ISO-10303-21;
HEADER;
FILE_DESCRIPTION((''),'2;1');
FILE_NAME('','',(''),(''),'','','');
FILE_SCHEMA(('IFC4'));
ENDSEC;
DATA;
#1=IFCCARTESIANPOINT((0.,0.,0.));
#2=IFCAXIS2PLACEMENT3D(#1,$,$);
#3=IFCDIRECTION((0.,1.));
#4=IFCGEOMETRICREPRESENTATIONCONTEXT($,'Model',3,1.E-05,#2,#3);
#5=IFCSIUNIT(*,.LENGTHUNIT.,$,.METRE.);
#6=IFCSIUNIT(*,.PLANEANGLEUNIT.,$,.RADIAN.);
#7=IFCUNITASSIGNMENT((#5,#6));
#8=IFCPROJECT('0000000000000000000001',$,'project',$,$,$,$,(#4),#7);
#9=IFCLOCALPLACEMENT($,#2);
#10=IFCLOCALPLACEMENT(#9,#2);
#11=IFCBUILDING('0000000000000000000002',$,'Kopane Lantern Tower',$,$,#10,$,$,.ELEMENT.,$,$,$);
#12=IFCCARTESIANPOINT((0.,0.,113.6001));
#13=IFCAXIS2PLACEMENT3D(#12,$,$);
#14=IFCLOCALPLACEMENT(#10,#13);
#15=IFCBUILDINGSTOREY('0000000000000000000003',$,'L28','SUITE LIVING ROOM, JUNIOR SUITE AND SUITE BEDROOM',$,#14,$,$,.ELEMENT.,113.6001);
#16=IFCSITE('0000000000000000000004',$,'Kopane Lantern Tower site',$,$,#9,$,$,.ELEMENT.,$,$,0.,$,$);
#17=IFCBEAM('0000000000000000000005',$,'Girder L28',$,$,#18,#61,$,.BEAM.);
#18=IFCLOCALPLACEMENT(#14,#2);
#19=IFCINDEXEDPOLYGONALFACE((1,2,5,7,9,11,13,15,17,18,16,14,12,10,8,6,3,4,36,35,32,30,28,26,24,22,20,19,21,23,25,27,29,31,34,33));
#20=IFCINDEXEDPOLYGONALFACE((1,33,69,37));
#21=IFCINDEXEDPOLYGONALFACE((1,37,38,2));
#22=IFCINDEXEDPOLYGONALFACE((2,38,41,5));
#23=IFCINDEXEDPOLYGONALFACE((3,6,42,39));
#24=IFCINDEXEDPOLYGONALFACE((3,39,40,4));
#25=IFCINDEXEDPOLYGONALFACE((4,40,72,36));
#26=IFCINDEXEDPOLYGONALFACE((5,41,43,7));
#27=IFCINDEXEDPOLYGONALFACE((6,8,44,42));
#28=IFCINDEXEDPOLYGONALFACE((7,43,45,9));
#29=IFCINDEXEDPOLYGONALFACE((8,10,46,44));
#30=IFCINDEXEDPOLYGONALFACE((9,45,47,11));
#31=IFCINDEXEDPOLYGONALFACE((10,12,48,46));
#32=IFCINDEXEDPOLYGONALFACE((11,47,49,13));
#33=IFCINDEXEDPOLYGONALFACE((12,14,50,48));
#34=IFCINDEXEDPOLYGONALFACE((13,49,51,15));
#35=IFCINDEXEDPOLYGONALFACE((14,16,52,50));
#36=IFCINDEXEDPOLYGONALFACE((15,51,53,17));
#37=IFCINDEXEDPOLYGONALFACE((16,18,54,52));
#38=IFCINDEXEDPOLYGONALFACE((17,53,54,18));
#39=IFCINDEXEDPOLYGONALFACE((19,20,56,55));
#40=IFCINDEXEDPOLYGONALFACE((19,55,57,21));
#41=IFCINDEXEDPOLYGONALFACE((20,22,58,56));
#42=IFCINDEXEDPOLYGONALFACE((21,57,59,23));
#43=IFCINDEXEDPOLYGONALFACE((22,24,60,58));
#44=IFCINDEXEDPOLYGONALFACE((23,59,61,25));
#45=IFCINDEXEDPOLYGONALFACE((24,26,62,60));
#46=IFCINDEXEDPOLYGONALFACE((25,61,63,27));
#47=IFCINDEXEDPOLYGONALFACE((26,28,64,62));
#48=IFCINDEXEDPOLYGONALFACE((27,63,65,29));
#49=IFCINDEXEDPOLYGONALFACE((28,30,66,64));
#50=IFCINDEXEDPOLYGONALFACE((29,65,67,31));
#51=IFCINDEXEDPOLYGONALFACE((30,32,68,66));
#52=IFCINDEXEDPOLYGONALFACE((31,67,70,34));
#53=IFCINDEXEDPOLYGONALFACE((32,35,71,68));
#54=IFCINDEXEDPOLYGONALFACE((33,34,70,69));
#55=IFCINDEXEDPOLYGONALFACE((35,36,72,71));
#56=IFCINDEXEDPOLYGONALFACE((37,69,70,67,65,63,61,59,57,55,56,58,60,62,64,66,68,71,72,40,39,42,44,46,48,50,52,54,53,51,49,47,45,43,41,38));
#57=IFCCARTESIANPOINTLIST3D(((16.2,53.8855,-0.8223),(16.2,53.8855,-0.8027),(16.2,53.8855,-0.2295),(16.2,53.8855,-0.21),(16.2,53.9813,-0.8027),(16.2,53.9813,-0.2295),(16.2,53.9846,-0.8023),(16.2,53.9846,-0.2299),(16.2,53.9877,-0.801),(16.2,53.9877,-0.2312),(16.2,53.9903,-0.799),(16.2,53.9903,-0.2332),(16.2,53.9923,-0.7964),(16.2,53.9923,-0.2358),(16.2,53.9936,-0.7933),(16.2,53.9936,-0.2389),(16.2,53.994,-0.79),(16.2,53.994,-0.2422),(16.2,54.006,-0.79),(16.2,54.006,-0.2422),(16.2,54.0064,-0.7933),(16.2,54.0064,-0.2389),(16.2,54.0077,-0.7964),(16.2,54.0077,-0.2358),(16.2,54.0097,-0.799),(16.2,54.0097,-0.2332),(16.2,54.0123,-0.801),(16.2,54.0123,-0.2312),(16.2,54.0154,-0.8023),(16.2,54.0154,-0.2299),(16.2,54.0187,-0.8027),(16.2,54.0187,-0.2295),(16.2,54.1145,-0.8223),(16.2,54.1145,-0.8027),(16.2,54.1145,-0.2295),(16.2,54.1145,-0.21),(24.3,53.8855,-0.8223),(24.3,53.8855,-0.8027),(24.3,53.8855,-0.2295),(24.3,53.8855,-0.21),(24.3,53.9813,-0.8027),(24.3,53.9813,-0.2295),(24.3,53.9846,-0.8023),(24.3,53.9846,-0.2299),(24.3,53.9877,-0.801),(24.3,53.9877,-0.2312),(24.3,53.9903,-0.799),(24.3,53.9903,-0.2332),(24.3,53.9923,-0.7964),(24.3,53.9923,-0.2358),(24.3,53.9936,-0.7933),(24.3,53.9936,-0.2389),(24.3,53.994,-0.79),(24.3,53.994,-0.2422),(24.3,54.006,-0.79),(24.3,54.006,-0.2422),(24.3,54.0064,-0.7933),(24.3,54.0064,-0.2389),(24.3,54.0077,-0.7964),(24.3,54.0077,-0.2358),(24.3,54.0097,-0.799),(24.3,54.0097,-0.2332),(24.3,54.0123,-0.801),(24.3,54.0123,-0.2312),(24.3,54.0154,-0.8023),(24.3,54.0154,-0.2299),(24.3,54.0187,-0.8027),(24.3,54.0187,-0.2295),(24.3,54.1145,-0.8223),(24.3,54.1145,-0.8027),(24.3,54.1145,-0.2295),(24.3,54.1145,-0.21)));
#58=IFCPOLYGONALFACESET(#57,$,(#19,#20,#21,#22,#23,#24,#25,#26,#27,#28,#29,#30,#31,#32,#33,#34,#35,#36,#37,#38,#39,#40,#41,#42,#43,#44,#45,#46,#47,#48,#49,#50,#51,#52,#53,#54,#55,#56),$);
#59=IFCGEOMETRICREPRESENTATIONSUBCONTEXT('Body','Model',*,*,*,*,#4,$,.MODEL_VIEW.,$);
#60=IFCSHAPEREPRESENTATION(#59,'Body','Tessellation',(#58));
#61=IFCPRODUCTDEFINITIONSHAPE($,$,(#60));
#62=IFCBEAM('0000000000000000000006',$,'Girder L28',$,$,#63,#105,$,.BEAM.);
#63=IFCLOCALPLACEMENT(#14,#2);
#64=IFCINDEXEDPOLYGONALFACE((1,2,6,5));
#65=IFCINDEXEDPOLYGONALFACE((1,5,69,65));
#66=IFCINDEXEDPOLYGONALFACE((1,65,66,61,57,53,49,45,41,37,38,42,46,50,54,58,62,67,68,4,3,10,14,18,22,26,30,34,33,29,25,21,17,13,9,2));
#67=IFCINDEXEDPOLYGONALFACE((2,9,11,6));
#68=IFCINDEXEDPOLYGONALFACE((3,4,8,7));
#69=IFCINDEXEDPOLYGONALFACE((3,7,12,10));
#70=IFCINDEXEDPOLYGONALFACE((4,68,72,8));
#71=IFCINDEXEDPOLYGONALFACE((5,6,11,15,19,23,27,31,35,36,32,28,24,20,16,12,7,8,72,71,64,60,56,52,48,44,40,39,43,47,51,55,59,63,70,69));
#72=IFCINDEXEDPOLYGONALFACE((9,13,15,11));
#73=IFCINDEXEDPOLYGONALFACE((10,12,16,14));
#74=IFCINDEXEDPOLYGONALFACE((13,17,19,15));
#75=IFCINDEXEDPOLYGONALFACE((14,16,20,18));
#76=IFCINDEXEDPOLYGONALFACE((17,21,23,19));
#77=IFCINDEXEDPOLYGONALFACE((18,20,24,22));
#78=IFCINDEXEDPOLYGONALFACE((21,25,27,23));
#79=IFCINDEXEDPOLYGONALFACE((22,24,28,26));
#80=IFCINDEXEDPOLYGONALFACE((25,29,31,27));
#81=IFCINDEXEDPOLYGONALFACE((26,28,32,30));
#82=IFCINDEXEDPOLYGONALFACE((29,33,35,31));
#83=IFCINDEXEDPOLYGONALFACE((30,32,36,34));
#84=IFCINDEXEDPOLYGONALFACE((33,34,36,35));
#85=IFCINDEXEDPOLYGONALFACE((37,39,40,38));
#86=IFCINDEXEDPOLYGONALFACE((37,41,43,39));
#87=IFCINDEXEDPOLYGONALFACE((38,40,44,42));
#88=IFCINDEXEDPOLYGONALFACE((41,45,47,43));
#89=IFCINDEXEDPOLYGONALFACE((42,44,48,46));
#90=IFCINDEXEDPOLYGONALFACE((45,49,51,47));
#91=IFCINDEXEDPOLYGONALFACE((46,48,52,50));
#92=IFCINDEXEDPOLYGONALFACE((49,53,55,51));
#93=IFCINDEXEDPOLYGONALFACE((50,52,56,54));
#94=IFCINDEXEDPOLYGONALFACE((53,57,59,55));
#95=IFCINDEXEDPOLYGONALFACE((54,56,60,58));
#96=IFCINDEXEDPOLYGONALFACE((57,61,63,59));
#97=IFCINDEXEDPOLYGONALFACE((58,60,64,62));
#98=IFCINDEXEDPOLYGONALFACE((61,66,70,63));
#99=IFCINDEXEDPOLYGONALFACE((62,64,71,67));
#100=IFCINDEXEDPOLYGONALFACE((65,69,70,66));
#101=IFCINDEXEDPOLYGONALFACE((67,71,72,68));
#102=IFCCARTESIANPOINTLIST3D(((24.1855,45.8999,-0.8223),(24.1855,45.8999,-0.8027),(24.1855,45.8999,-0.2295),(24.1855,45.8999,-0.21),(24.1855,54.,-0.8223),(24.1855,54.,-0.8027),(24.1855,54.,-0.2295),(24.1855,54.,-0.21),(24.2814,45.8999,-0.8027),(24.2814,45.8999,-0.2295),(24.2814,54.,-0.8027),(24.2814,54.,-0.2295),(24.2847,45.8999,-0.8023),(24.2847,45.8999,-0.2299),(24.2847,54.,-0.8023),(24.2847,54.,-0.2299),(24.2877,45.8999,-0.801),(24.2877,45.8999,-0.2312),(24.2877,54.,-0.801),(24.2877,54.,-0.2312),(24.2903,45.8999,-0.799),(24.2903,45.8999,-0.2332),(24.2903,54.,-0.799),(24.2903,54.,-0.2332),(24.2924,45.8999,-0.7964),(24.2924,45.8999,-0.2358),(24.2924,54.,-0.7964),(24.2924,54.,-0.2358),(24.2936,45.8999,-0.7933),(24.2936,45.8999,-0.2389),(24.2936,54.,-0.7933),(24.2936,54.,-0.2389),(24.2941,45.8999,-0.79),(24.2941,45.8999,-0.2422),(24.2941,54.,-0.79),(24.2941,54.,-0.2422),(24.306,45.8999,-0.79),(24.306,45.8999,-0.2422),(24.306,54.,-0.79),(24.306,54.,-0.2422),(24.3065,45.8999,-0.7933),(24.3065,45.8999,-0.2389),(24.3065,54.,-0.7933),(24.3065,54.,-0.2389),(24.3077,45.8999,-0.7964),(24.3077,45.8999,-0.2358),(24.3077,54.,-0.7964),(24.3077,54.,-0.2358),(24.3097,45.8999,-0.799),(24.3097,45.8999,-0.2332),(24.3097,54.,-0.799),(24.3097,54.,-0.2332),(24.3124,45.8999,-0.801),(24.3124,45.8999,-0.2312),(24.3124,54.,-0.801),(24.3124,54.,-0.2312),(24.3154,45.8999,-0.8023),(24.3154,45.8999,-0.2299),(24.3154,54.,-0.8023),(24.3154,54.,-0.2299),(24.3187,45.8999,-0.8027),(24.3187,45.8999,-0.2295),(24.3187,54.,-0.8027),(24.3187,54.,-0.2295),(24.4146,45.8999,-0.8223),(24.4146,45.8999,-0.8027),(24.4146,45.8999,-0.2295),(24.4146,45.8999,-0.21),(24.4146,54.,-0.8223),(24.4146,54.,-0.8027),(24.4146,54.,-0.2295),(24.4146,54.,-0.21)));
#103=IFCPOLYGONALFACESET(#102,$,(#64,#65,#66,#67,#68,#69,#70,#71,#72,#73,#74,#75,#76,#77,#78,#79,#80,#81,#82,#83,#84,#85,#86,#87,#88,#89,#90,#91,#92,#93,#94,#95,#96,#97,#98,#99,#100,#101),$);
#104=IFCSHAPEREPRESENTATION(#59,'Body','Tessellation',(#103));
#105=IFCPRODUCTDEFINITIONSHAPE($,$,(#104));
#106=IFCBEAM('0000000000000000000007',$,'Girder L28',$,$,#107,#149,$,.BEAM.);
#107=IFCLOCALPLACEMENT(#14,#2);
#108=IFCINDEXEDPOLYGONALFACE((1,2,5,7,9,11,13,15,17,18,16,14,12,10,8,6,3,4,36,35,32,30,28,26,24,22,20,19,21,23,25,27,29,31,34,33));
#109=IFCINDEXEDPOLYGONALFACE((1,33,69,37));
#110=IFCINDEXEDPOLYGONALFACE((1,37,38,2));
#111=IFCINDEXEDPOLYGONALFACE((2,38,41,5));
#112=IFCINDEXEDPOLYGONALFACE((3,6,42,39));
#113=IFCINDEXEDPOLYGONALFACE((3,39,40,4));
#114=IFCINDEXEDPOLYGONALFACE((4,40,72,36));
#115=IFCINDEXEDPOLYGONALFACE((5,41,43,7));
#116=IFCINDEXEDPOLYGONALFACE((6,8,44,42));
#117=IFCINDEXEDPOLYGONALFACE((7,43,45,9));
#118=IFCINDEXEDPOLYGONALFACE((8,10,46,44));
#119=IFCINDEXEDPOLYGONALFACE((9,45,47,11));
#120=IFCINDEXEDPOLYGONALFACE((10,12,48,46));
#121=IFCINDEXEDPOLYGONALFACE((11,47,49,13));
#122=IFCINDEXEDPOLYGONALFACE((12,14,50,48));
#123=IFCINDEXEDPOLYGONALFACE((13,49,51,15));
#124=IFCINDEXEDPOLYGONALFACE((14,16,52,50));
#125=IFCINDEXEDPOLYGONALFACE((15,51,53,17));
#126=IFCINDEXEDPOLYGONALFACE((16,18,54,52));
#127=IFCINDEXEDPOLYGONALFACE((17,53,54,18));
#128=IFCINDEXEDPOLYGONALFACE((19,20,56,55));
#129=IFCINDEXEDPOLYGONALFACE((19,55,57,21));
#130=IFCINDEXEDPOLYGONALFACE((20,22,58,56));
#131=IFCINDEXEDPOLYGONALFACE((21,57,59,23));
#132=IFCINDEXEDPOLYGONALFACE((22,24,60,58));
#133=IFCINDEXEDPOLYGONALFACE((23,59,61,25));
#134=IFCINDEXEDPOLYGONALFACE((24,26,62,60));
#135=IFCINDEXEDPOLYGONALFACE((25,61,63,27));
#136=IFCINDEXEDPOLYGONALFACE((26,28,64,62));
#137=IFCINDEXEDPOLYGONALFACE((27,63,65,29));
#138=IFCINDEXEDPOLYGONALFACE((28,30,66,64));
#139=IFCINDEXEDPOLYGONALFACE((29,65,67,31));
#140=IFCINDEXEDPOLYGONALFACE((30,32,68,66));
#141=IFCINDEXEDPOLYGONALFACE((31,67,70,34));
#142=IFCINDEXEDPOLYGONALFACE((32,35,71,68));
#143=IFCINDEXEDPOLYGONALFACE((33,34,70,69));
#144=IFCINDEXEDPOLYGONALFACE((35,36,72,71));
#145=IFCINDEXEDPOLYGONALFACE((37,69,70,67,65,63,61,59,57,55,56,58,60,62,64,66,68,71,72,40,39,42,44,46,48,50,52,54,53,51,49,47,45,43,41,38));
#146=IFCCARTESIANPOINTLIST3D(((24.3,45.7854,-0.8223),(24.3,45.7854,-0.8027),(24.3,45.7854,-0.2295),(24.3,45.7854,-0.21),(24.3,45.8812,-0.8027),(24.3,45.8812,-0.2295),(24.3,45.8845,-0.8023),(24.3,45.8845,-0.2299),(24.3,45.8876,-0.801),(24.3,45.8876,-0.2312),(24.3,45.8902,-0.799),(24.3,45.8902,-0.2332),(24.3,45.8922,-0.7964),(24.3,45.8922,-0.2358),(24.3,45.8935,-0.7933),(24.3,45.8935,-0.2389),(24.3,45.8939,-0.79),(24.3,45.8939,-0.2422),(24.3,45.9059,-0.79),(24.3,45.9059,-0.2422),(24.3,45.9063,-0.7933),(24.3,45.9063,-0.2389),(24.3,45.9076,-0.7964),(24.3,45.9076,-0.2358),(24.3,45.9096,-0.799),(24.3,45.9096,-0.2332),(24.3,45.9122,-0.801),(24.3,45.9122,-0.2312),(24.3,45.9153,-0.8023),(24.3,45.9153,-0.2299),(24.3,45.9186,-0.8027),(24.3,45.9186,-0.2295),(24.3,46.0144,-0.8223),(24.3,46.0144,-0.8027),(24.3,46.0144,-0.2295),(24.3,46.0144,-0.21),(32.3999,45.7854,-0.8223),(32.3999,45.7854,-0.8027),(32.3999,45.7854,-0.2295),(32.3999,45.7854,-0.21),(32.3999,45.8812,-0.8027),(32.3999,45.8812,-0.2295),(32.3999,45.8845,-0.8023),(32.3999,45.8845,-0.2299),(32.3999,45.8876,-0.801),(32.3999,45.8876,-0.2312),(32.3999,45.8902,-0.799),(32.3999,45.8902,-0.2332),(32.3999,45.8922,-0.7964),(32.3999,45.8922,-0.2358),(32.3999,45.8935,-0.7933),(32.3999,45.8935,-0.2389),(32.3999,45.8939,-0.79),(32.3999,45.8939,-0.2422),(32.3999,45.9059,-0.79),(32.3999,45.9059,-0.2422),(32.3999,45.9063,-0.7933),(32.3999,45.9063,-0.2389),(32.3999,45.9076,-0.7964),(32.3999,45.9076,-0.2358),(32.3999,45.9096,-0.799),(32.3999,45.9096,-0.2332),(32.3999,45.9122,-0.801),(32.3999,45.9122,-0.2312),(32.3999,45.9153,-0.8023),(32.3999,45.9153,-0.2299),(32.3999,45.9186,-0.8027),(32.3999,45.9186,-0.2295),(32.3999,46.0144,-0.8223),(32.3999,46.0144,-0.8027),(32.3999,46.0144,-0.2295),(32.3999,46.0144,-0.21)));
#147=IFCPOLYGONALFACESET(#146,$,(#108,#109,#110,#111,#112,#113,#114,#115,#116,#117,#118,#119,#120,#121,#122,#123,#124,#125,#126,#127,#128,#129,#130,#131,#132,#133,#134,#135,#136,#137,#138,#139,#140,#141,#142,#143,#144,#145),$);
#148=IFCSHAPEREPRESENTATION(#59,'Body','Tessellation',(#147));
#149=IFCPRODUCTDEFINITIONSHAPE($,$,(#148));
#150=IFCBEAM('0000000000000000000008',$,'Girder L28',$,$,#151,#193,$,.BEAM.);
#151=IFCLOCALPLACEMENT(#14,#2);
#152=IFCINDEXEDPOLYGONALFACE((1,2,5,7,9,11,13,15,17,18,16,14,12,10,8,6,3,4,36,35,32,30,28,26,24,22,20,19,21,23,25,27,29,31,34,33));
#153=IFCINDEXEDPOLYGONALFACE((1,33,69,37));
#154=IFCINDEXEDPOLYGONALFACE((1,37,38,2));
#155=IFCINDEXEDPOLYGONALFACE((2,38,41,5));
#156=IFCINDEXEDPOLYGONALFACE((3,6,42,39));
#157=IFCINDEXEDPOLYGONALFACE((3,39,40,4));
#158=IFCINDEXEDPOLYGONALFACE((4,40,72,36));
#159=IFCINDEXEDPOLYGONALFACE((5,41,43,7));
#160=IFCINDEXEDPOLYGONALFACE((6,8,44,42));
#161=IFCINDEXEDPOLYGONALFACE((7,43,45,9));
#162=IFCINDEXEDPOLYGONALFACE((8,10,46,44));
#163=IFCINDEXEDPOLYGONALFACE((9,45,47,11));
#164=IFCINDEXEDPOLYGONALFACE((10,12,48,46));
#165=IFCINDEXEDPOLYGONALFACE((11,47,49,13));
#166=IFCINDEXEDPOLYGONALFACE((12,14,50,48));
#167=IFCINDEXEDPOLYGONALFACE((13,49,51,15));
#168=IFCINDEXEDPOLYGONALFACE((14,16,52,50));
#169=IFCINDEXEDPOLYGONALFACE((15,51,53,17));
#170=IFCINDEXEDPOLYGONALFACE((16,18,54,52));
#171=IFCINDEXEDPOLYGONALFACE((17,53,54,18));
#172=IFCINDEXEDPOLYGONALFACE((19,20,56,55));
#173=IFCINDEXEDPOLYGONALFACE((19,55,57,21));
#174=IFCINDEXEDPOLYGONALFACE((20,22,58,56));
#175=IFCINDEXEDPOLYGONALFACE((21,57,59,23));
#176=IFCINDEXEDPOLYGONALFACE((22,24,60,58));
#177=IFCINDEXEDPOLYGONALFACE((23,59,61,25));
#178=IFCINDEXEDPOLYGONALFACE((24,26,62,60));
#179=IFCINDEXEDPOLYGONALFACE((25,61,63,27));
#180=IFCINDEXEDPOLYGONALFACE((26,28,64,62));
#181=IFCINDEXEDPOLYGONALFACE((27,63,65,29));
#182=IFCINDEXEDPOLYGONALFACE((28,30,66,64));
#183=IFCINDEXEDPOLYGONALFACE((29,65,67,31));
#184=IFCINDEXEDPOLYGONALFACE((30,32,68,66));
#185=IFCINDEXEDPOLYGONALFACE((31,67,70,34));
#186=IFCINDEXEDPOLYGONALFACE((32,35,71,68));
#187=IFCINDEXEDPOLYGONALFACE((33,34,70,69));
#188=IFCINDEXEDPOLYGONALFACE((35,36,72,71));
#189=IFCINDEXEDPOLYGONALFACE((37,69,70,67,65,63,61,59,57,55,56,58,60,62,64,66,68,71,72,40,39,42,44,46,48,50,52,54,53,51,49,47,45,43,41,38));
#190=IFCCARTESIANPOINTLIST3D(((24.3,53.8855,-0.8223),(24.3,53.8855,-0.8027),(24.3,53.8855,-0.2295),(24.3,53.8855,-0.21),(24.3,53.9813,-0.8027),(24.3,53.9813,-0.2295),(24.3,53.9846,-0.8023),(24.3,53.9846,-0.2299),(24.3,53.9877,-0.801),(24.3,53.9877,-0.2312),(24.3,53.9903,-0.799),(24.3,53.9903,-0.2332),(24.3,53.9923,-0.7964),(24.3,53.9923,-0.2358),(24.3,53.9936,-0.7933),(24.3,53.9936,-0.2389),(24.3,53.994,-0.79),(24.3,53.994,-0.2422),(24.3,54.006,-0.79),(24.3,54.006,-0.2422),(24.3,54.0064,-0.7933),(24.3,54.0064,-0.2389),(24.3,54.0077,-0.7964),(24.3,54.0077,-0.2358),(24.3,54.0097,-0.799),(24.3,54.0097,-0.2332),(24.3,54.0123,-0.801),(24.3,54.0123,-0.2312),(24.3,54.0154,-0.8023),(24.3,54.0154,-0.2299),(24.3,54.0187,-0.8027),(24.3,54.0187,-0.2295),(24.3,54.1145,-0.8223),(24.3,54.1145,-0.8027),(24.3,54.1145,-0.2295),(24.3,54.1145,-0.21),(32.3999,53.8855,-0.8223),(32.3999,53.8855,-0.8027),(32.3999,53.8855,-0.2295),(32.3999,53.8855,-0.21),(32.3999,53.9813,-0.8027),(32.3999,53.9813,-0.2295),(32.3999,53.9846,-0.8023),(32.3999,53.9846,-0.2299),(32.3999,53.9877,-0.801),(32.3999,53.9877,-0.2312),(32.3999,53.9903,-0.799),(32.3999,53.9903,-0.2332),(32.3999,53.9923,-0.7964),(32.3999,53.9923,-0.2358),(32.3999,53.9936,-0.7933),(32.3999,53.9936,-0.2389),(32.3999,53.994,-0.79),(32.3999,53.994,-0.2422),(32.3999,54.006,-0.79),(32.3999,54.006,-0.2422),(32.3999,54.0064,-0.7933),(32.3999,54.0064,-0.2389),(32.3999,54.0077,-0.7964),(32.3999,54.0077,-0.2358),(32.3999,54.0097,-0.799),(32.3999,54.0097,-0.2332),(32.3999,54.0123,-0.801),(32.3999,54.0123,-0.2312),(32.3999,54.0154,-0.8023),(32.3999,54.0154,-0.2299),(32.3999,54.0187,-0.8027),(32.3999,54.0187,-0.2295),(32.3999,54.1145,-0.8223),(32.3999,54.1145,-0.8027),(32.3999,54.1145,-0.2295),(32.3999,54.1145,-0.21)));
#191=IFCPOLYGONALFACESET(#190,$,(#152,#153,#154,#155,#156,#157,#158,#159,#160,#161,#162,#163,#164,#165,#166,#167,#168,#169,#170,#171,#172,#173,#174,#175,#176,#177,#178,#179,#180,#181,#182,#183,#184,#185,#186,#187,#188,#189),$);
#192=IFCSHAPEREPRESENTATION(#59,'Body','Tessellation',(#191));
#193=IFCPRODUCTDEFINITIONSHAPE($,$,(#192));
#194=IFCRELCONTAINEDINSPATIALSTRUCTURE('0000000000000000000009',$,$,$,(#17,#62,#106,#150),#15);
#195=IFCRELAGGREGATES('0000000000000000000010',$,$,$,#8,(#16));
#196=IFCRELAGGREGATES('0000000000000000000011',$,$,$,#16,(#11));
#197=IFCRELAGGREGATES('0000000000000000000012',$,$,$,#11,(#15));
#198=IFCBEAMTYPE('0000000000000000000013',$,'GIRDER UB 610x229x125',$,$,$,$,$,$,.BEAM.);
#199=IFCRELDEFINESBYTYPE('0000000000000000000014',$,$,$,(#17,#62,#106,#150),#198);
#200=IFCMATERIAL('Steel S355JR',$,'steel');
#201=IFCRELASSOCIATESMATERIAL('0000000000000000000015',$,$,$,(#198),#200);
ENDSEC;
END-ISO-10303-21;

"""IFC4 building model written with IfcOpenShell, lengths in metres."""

from ifc_helpers import new_model, si_unit, direction, frame, origin, origin_2d, place, context, subcontext, project, spatial, i_section, extrude, material, material_profile, profile_set, type_object, element, save


model = new_model("IFC4")

# Units and contexts
model_context = context("Model", 3, precision=1e-05, world=origin(), true_north=direction((0.0, 1.0)))
body_context = subcontext(model_context, "Body", "Model", "MODEL_VIEW")
ifc_project = project(units=[si_unit("LENGTHUNIT", "METRE"), si_unit("PLANEANGLEUNIT", "RADIAN")], contexts=[model_context])

# Site, building, storey
site_placement = place(None, origin())
site = spatial("IfcSite", under=ifc_project, at=site_placement, Name="Kopane Lantern Tower site", CompositionType="ELEMENT", RefElevation=0.0)
building_placement = place(site_placement, origin())
building = spatial("IfcBuilding", under=site, at=building_placement, Name="Kopane Lantern Tower", CompositionType="ELEMENT")
storey_placement = place(building_placement, frame((0.0, 0.0, 113.6001)))
storey = spatial("IfcBuildingStorey", under=building, at=storey_placement, Name="L28", Description="SUITE LIVING ROOM, JUNIOR SUITE AND SUITE BEDROOM", CompositionType="ELEMENT", Elevation=113.6001)

# Beams
ifc_material_1 = material(Name="Steel S355JR", Category="steel")
ifc_material_profile_1 = material_profile(ifc_material_1, i_section(OverallWidth=0.229, OverallDepth=0.6123, WebThickness=0.012, FlangeThickness=0.0195, FilletRadius=0.0127, at=origin_2d()), Name="UB 610x229x125")
ifc_profile_set_1 = profile_set([ifc_material_profile_1], Name="Steel S355JR")
beam_type = type_object("IfcBeamType", Name="GIRDER UB 610x229x125", PredefinedType="BEAM", material=ifc_profile_set_1)
for number, where, z_axis, x_axis, name in (
    (1, (16.2, 54.0, -0.5161), (1.0, 0.0, 0.0), (0.0, 1.0, 0.0), "Girder L28"),
    (2, (24.3, 45.8999, -0.5161), (0.0, 1.0, 0.0), (-1.0, 0.0, 0.0), "Girder L28"),
):
    element("IfcBeam", number, at=place(storey_placement, frame(where, z_axis=z_axis, x_axis=x_axis)), inside=storey, type_object=beam_type, Name=name, PredefinedType="BEAM", context=body_context, shape_type="SweptSolid", body=[
        extrude(i_section(OverallWidth=0.229, OverallDepth=0.6123, WebThickness=0.012, FlangeThickness=0.0195, FilletRadius=0.0127, at=origin_2d()), origin(), (0.0, 0.0, 1.0), 8.1001),
    ])
for number, where, z_axis, x_axis, name in (
    (3, (24.3, 45.8999, -0.5161), (1.0, 0.0, 0.0), (0.0, 1.0, 0.0), "Girder L28"),
    (4, (24.3, 54.0, -0.5161), (1.0, 0.0, 0.0), (0.0, 1.0, 0.0), "Girder L28"),
):
    element("IfcBeam", number, at=place(storey_placement, frame(where, z_axis=z_axis, x_axis=x_axis)), inside=storey, type_object=beam_type, Name=name, PredefinedType="BEAM", context=body_context, shape_type="SweptSolid", body=[
        extrude(i_section(OverallWidth=0.229, OverallDepth=0.6123, WebThickness=0.012, FlangeThickness=0.0195, FilletRadius=0.0127, at=origin_2d()), origin(), (0.0, 0.0, 1.0), 8.0999),
    ])

save(model, "model.ifc")
